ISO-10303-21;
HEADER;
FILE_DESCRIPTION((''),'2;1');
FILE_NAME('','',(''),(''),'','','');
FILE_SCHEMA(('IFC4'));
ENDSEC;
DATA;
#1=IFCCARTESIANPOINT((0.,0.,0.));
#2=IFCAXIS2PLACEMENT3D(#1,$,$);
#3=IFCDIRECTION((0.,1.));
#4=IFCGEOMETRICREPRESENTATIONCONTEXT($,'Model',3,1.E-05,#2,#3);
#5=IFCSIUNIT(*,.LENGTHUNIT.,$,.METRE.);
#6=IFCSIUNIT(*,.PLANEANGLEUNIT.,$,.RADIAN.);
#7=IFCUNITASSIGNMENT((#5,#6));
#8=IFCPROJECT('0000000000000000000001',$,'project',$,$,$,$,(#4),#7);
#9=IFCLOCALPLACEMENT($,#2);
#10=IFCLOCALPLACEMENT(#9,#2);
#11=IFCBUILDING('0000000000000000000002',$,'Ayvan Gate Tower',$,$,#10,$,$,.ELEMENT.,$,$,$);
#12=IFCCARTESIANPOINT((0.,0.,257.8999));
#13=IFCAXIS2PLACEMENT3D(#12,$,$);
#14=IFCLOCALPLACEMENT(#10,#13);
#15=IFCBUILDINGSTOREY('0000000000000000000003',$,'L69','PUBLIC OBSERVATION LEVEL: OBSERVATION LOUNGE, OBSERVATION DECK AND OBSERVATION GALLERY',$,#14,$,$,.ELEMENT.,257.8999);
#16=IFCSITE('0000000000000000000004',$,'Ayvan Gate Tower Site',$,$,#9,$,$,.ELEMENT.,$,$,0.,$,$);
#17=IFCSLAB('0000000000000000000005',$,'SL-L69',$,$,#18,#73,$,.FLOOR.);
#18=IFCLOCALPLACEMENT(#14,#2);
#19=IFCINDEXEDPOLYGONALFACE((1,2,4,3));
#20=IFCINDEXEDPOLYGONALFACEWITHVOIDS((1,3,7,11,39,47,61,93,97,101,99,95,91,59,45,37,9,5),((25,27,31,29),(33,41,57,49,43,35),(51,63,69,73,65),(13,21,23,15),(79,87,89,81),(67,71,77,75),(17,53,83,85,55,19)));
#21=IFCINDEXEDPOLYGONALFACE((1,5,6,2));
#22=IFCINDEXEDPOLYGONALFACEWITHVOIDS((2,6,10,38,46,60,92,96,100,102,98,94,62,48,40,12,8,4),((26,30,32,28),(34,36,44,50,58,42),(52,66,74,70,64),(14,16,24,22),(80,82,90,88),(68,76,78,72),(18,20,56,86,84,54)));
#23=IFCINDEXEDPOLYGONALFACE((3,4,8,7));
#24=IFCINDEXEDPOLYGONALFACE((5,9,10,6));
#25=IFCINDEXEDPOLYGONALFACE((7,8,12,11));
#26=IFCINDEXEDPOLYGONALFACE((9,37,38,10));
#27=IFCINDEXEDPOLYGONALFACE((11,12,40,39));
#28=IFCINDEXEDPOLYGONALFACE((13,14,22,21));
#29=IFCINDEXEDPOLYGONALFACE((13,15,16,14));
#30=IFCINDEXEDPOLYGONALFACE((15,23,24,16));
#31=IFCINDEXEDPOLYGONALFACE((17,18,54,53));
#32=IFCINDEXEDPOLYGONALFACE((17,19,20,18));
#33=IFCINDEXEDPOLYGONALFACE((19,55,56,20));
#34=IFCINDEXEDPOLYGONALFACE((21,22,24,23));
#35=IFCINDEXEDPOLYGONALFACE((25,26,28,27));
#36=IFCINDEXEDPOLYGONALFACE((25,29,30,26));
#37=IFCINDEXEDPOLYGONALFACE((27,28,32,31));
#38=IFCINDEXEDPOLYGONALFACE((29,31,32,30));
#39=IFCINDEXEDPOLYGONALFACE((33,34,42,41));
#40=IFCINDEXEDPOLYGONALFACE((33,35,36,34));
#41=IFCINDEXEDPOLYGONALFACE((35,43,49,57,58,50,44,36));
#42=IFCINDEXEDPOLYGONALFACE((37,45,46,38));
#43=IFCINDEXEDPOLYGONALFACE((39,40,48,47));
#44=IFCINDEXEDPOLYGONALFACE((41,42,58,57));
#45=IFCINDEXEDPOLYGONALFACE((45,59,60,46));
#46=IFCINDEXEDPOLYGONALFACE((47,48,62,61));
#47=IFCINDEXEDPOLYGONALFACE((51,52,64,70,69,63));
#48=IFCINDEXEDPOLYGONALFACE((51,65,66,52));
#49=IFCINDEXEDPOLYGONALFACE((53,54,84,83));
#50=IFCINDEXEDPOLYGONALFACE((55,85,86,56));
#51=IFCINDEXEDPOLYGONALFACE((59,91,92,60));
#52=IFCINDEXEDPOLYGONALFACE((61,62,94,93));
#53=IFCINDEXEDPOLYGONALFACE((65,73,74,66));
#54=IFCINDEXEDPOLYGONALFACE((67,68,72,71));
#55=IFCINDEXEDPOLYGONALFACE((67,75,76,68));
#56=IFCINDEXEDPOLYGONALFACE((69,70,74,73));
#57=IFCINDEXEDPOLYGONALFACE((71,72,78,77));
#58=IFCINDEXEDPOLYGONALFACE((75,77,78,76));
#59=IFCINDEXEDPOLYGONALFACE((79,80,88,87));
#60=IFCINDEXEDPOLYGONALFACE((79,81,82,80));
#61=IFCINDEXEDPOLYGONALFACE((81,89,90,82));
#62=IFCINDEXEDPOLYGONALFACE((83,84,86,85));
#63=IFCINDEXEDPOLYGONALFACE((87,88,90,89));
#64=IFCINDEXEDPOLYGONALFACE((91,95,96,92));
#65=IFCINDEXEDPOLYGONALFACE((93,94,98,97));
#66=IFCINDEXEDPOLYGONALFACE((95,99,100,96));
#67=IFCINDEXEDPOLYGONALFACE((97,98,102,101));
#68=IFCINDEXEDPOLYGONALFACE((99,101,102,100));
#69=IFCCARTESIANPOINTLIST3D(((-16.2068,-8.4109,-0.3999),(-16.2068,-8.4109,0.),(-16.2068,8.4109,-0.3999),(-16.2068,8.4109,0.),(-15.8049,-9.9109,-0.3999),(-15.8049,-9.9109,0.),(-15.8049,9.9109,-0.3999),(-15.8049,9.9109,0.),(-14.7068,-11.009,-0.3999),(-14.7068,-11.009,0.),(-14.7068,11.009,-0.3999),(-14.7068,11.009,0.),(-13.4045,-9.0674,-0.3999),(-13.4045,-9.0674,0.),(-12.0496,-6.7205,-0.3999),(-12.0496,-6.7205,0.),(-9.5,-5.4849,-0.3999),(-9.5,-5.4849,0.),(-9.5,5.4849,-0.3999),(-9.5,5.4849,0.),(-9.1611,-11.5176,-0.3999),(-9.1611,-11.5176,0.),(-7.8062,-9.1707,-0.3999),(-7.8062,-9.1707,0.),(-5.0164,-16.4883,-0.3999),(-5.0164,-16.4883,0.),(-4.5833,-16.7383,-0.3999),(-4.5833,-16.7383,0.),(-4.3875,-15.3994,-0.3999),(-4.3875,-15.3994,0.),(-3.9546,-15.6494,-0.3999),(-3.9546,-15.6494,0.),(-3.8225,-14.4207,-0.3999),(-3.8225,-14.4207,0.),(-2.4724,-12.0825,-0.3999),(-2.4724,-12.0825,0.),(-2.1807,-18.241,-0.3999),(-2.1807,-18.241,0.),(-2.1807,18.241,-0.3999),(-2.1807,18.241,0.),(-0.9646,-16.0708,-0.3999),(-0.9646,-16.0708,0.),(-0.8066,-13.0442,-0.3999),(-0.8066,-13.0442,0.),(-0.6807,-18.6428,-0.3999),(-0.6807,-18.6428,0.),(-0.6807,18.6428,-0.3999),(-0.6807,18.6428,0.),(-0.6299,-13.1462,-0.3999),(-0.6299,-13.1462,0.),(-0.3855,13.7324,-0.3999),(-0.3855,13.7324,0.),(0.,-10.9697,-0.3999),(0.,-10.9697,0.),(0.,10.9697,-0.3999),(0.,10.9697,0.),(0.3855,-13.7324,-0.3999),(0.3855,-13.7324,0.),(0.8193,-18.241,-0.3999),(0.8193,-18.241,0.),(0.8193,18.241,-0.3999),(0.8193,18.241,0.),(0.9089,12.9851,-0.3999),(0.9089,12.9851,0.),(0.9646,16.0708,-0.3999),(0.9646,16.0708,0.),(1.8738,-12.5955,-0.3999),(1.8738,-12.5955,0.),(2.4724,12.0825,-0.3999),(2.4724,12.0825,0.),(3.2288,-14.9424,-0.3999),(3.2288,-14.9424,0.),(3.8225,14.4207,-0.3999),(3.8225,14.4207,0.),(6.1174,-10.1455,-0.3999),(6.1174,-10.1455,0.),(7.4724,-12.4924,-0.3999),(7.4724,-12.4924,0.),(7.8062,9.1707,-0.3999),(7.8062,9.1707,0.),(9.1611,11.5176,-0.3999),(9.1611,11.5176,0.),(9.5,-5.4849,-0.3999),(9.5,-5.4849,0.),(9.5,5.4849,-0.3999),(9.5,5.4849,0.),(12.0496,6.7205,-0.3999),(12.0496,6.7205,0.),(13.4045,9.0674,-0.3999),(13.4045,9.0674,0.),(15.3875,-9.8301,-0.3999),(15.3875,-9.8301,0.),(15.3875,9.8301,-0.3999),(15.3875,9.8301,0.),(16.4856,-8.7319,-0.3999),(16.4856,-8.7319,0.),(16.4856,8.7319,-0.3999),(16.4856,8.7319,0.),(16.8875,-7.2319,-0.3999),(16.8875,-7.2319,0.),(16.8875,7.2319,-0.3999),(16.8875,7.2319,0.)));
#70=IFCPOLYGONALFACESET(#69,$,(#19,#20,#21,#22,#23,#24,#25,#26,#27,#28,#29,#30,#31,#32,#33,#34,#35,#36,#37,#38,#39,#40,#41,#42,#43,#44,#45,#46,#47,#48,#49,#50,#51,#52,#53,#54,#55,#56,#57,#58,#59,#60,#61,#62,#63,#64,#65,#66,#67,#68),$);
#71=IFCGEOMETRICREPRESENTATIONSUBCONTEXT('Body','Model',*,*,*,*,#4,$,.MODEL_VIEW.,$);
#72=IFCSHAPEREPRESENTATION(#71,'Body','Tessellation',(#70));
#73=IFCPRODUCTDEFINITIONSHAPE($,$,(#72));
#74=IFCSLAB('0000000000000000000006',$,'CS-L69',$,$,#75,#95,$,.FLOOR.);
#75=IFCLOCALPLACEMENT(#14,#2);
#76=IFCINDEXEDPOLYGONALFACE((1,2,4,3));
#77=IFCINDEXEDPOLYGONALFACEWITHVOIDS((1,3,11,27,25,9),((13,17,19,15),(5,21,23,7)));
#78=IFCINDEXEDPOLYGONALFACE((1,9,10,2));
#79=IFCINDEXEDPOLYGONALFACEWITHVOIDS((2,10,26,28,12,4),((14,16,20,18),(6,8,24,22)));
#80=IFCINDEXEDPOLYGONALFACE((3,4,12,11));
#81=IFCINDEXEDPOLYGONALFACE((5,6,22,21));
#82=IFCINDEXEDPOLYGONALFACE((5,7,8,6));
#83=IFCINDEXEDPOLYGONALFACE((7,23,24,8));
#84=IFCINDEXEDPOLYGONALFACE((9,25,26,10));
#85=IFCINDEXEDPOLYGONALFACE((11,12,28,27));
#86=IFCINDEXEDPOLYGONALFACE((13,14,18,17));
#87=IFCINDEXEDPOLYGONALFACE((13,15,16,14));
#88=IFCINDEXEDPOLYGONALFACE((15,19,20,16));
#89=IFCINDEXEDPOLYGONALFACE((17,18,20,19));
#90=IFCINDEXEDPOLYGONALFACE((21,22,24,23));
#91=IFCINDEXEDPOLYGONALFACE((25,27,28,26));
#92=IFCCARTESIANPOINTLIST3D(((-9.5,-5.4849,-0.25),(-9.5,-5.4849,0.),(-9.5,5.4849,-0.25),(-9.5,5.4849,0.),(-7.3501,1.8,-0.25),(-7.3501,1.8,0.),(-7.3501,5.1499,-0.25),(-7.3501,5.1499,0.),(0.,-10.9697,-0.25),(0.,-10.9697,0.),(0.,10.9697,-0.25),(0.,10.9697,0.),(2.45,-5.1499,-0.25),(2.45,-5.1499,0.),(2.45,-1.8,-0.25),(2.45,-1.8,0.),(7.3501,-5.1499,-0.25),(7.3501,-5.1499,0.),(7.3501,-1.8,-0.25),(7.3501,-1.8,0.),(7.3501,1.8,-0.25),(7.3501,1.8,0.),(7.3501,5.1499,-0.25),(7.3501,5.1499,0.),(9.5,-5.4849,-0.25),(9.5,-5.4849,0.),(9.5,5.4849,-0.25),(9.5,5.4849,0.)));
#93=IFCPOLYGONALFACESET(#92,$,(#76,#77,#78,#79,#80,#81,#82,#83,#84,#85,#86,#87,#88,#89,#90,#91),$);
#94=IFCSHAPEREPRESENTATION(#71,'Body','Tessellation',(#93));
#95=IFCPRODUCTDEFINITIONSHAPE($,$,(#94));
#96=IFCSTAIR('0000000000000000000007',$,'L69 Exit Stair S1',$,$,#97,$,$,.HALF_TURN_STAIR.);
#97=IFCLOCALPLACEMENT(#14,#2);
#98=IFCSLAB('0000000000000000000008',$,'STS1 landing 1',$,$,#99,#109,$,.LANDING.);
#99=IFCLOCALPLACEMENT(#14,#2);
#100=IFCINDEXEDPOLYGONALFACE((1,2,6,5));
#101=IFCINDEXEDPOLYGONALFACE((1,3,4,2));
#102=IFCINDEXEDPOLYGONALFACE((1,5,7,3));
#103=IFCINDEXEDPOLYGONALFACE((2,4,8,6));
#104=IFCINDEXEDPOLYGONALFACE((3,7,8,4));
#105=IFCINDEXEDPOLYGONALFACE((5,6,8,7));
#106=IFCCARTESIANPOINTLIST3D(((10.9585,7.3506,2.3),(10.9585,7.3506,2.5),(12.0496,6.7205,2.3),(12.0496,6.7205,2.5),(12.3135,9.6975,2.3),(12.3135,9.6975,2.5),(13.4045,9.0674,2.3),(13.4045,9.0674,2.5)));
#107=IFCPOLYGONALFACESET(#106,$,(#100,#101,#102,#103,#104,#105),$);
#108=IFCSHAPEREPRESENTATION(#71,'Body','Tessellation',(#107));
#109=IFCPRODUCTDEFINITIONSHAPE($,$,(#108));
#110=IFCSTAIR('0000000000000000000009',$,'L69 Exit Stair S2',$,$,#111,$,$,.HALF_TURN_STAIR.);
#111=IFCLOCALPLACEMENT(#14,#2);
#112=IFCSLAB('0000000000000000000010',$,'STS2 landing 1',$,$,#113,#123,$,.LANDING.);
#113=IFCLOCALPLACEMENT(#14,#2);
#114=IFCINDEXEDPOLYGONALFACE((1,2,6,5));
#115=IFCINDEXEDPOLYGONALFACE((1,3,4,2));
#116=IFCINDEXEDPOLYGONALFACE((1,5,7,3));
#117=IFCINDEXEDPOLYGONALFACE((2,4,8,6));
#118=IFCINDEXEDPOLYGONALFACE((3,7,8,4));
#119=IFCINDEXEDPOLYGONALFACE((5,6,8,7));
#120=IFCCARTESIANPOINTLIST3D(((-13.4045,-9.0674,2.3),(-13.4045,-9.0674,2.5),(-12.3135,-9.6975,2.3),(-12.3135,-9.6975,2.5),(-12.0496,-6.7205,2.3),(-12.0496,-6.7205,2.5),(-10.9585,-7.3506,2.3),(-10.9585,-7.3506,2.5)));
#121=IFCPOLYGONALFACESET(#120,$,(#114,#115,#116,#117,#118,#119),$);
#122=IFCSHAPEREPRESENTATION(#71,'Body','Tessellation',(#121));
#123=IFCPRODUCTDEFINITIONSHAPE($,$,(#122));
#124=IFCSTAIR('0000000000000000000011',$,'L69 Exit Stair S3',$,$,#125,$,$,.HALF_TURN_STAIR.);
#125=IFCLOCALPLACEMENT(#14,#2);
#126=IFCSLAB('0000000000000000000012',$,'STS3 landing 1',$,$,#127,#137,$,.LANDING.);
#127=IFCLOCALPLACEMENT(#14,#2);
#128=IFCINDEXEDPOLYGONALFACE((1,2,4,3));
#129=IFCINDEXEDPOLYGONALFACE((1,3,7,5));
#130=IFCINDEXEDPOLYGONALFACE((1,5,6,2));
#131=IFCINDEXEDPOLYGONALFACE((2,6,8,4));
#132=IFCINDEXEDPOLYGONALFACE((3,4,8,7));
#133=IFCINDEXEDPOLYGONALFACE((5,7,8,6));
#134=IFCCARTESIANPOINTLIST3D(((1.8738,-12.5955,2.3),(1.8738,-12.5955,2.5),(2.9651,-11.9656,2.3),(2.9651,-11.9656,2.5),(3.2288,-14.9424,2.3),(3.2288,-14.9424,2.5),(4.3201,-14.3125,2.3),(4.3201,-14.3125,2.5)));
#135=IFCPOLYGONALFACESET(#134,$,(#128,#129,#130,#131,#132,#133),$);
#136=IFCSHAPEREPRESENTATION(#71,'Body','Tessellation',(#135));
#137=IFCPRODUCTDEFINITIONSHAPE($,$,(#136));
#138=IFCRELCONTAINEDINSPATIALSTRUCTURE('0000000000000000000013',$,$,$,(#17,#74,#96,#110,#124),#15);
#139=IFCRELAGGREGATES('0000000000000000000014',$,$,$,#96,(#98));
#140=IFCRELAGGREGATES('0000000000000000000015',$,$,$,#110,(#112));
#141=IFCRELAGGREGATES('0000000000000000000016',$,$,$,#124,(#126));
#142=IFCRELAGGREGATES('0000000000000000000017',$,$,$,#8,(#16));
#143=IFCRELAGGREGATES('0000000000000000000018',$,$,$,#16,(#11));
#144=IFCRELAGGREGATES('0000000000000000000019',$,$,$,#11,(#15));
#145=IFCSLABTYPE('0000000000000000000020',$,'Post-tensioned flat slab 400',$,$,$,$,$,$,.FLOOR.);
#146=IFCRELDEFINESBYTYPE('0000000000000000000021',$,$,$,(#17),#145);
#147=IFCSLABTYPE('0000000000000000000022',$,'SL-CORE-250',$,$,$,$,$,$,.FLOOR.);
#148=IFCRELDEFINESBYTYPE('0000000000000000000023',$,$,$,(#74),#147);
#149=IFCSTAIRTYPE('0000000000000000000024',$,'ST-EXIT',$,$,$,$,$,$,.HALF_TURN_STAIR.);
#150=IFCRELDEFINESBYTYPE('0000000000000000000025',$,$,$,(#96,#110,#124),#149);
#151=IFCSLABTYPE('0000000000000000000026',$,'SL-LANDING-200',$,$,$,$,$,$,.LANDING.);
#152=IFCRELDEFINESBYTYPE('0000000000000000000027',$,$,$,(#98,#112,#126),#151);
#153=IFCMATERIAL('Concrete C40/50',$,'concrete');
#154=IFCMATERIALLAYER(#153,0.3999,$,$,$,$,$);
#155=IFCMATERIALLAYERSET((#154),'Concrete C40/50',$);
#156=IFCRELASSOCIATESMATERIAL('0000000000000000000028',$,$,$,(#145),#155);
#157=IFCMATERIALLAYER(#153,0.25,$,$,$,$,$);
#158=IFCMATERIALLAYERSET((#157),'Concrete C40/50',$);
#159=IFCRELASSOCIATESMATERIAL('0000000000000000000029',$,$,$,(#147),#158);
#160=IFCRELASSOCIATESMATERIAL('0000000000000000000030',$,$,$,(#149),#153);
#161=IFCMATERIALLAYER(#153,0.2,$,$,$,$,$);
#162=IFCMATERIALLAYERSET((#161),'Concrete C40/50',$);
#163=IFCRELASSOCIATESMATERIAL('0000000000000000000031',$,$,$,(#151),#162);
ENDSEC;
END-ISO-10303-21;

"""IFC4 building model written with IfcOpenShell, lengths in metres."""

from ifc_helpers import new_model, si_unit, direction, frame, origin, place, context, subcontext, project, spatial, polyline, outline, extrude, material, layer, layer_set, type_object, element, aggregate, save


model = new_model("IFC4")

# Units and contexts
model_context = context("Model", 3, precision=1e-05, world=origin(), true_north=direction((0.0, 1.0)))
body_context = subcontext(model_context, "Body", "Model", "MODEL_VIEW")
ifc_project = project(units=[si_unit("LENGTHUNIT", "METRE"), si_unit("PLANEANGLEUNIT", "RADIAN")], contexts=[model_context])

# Site, building, storey
site_placement = place(None, origin())
site = spatial("IfcSite", under=ifc_project, at=site_placement, Name="Ayvan Gate Tower Site", CompositionType="ELEMENT", RefElevation=0.0)
building_placement = place(site_placement, origin())
building = spatial("IfcBuilding", under=site, at=building_placement, Name="Ayvan Gate Tower", CompositionType="ELEMENT")
storey_placement = place(building_placement, frame((0.0, 0.0, 257.8999)))
storey = spatial("IfcBuildingStorey", under=building, at=storey_placement, Name="L69", Description="PUBLIC OBSERVATION LEVEL: OBSERVATION LOUNGE, OBSERVATION DECK AND OBSERVATION GALLERY", CompositionType="ELEMENT", Elevation=257.8999)

# Slabs
ifc_material_1 = material(Name="Concrete C40/50", Category="concrete")
ifc_layer_1 = layer(ifc_material_1, 0.3999)
ifc_layer_set_1 = layer_set([ifc_layer_1], Name="Concrete C40/50")
slab_type_1 = type_object("IfcSlabType", Name="Post-tensioned flat slab 400", PredefinedType="FLOOR", material=ifc_layer_set_1)
slab_1_placement = place(storey_placement, frame((0.0, 0.0, -0.3999)))
element("IfcSlab", 1, at=slab_1_placement, inside=storey, type_object=slab_type_1, Name="SL-L69", PredefinedType="FLOOR", context=body_context, shape_type="SweptSolid", body=[
    extrude(outline(polyline([(-0.6807, -18.6428), (-2.1807, -18.241), (-14.7068, -11.009), (-15.8049, -9.9109), (-16.2068, -8.4109), (-16.2068, 8.4109), (-15.8049, 9.9109), (-14.7068, 11.009), (-2.1807, 18.241), (-0.6807, 18.6428), (0.8193, 18.241), (15.3875, 9.8301), (16.4856, 8.7319), (16.8875, 7.2319), (16.8875, -7.2319), (16.4856, -8.7319), (15.3875, -9.8301), (0.8193, -18.241), (-0.6807, -18.6428)]), holes=[polyline([(13.4045, 9.0674), (9.1611, 11.5176), (7.8062, 9.1707), (12.0496, 6.7205), (13.4045, 9.0674)]), polyline([(0.0, 10.9697), (-9.5, 5.4849), (-9.5, -5.4849), (0.0, -10.9697), (9.5, -5.4849), (9.5, 5.4849), (0.0, 10.9697)]), polyline([(3.2288, -14.9424), (7.4724, -12.4924), (6.1174, -10.1455), (1.8738, -12.5955), (3.2288, -14.9424)]), polyline([(3.8225, 14.4207), (0.9646, 16.0708), (-0.3855, 13.7324), (0.9089, 12.9851), (2.4724, 12.0825), (3.8225, 14.4207)]), polyline([(-0.6299, -13.1462), (-0.8066, -13.0442), (-2.4724, -12.0825), (-3.8225, -14.4207), (-0.9646, -16.0708), (0.3855, -13.7324), (-0.6299, -13.1462)]), polyline([(-5.0164, -16.4883), (-4.5833, -16.7383), (-3.9546, -15.6494), (-4.3875, -15.3994), (-5.0164, -16.4883)]), polyline([(-7.8062, -9.1707), (-12.0496, -6.7205), (-13.4045, -9.0674), (-9.1611, -11.5176), (-7.8062, -9.1707)])]), origin(), (0.0, 0.0, 1.0), 0.3999),
])
ifc_layer_2 = layer(ifc_material_1, 0.25)
ifc_layer_set_2 = layer_set([ifc_layer_2], Name="Concrete C40/50")
slab_type_2 = type_object("IfcSlabType", Name="SL-CORE-250", PredefinedType="FLOOR", material=ifc_layer_set_2)
slab_2_placement = place(storey_placement, frame((0.0, 0.0, -0.25)))
element("IfcSlab", 2, at=slab_2_placement, inside=storey, type_object=slab_type_2, Name="CS-L69", PredefinedType="FLOOR", context=body_context, shape_type="SweptSolid", body=[
    extrude(outline(polyline([(9.5, -5.4849), (0.0, -10.9697), (-9.5, -5.4849), (-9.5, 5.4849), (0.0, 10.9697), (9.5, 5.4849), (9.5, -5.4849)]), holes=[polyline([(-7.3501, 5.1499), (-7.3501, 1.8), (7.3501, 1.8), (7.3501, 5.1499), (-7.3501, 5.1499)]), polyline([(2.45, -1.8), (2.45, -5.1499), (7.3501, -5.1499), (7.3501, -1.8), (2.45, -1.8)])]), origin(), (0.0, 0.0, 1.0), 0.25),
])

# Stairs, slabs
stair_type = type_object("IfcStairType", Name="ST-EXIT", PredefinedType="HALF_TURN_STAIR", material=ifc_material_1)
stair_1_placement = place(storey_placement, origin())
stair_1 = element("IfcStair", 3, at=stair_1_placement, inside=storey, type_object=stair_type, Name="L69 Exit Stair S1", PredefinedType="HALF_TURN_STAIR")
ifc_layer_3 = layer(ifc_material_1, 0.2)
ifc_layer_set_3 = layer_set([ifc_layer_3], Name="Concrete C40/50")
slab_type_3 = type_object("IfcSlabType", Name="SL-LANDING-200", PredefinedType="LANDING", material=ifc_layer_set_3)
slab_3_placement = place(storey_placement, frame((0.0, 0.0, 2.3)))
slab_3 = element("IfcSlab", 4, at=slab_3_placement, type_object=slab_type_3, Name="STS1 landing 1", PredefinedType="LANDING", context=body_context, shape_type="SweptSolid", body=[
    extrude(outline(polyline([(10.9585, 7.3506), (12.0496, 6.7205), (13.4045, 9.0674), (12.3135, 9.6975), (10.9585, 7.3506)])), origin(), (0.0, 0.0, 1.0), 0.2),
])
aggregate(stair_1, [slab_3])
stair_2_placement = place(storey_placement, origin())
stair_2 = element("IfcStair", 5, at=stair_2_placement, inside=storey, type_object=stair_type, Name="L69 Exit Stair S2", PredefinedType="HALF_TURN_STAIR")
slab_4_placement = place(storey_placement, frame((0.0, 0.0, 2.3)))
slab_4 = element("IfcSlab", 6, at=slab_4_placement, type_object=slab_type_3, Name="STS2 landing 1", PredefinedType="LANDING", context=body_context, shape_type="SweptSolid", body=[
    extrude(outline(polyline([(-10.9585, -7.3506), (-12.0496, -6.7205), (-13.4045, -9.0674), (-12.3135, -9.6975), (-10.9585, -7.3506)])), origin(), (0.0, 0.0, 1.0), 0.2),
])
aggregate(stair_2, [slab_4])
stair_3_placement = place(storey_placement, origin())
stair_3 = element("IfcStair", 7, at=stair_3_placement, inside=storey, type_object=stair_type, Name="L69 Exit Stair S3", PredefinedType="HALF_TURN_STAIR")
slab_5_placement = place(storey_placement, frame((0.0, 0.0, 2.3)))
slab_5 = element("IfcSlab", 8, at=slab_5_placement, type_object=slab_type_3, Name="STS3 landing 1", PredefinedType="LANDING", context=body_context, shape_type="SweptSolid", body=[
    extrude(outline(polyline([(2.9651, -11.9656), (1.8738, -12.5955), (3.2288, -14.9424), (4.3201, -14.3125), (2.9651, -11.9656)])), origin(), (0.0, 0.0, 1.0), 0.2),
])
aggregate(stair_3, [slab_5])

save(model, "model.ifc")
